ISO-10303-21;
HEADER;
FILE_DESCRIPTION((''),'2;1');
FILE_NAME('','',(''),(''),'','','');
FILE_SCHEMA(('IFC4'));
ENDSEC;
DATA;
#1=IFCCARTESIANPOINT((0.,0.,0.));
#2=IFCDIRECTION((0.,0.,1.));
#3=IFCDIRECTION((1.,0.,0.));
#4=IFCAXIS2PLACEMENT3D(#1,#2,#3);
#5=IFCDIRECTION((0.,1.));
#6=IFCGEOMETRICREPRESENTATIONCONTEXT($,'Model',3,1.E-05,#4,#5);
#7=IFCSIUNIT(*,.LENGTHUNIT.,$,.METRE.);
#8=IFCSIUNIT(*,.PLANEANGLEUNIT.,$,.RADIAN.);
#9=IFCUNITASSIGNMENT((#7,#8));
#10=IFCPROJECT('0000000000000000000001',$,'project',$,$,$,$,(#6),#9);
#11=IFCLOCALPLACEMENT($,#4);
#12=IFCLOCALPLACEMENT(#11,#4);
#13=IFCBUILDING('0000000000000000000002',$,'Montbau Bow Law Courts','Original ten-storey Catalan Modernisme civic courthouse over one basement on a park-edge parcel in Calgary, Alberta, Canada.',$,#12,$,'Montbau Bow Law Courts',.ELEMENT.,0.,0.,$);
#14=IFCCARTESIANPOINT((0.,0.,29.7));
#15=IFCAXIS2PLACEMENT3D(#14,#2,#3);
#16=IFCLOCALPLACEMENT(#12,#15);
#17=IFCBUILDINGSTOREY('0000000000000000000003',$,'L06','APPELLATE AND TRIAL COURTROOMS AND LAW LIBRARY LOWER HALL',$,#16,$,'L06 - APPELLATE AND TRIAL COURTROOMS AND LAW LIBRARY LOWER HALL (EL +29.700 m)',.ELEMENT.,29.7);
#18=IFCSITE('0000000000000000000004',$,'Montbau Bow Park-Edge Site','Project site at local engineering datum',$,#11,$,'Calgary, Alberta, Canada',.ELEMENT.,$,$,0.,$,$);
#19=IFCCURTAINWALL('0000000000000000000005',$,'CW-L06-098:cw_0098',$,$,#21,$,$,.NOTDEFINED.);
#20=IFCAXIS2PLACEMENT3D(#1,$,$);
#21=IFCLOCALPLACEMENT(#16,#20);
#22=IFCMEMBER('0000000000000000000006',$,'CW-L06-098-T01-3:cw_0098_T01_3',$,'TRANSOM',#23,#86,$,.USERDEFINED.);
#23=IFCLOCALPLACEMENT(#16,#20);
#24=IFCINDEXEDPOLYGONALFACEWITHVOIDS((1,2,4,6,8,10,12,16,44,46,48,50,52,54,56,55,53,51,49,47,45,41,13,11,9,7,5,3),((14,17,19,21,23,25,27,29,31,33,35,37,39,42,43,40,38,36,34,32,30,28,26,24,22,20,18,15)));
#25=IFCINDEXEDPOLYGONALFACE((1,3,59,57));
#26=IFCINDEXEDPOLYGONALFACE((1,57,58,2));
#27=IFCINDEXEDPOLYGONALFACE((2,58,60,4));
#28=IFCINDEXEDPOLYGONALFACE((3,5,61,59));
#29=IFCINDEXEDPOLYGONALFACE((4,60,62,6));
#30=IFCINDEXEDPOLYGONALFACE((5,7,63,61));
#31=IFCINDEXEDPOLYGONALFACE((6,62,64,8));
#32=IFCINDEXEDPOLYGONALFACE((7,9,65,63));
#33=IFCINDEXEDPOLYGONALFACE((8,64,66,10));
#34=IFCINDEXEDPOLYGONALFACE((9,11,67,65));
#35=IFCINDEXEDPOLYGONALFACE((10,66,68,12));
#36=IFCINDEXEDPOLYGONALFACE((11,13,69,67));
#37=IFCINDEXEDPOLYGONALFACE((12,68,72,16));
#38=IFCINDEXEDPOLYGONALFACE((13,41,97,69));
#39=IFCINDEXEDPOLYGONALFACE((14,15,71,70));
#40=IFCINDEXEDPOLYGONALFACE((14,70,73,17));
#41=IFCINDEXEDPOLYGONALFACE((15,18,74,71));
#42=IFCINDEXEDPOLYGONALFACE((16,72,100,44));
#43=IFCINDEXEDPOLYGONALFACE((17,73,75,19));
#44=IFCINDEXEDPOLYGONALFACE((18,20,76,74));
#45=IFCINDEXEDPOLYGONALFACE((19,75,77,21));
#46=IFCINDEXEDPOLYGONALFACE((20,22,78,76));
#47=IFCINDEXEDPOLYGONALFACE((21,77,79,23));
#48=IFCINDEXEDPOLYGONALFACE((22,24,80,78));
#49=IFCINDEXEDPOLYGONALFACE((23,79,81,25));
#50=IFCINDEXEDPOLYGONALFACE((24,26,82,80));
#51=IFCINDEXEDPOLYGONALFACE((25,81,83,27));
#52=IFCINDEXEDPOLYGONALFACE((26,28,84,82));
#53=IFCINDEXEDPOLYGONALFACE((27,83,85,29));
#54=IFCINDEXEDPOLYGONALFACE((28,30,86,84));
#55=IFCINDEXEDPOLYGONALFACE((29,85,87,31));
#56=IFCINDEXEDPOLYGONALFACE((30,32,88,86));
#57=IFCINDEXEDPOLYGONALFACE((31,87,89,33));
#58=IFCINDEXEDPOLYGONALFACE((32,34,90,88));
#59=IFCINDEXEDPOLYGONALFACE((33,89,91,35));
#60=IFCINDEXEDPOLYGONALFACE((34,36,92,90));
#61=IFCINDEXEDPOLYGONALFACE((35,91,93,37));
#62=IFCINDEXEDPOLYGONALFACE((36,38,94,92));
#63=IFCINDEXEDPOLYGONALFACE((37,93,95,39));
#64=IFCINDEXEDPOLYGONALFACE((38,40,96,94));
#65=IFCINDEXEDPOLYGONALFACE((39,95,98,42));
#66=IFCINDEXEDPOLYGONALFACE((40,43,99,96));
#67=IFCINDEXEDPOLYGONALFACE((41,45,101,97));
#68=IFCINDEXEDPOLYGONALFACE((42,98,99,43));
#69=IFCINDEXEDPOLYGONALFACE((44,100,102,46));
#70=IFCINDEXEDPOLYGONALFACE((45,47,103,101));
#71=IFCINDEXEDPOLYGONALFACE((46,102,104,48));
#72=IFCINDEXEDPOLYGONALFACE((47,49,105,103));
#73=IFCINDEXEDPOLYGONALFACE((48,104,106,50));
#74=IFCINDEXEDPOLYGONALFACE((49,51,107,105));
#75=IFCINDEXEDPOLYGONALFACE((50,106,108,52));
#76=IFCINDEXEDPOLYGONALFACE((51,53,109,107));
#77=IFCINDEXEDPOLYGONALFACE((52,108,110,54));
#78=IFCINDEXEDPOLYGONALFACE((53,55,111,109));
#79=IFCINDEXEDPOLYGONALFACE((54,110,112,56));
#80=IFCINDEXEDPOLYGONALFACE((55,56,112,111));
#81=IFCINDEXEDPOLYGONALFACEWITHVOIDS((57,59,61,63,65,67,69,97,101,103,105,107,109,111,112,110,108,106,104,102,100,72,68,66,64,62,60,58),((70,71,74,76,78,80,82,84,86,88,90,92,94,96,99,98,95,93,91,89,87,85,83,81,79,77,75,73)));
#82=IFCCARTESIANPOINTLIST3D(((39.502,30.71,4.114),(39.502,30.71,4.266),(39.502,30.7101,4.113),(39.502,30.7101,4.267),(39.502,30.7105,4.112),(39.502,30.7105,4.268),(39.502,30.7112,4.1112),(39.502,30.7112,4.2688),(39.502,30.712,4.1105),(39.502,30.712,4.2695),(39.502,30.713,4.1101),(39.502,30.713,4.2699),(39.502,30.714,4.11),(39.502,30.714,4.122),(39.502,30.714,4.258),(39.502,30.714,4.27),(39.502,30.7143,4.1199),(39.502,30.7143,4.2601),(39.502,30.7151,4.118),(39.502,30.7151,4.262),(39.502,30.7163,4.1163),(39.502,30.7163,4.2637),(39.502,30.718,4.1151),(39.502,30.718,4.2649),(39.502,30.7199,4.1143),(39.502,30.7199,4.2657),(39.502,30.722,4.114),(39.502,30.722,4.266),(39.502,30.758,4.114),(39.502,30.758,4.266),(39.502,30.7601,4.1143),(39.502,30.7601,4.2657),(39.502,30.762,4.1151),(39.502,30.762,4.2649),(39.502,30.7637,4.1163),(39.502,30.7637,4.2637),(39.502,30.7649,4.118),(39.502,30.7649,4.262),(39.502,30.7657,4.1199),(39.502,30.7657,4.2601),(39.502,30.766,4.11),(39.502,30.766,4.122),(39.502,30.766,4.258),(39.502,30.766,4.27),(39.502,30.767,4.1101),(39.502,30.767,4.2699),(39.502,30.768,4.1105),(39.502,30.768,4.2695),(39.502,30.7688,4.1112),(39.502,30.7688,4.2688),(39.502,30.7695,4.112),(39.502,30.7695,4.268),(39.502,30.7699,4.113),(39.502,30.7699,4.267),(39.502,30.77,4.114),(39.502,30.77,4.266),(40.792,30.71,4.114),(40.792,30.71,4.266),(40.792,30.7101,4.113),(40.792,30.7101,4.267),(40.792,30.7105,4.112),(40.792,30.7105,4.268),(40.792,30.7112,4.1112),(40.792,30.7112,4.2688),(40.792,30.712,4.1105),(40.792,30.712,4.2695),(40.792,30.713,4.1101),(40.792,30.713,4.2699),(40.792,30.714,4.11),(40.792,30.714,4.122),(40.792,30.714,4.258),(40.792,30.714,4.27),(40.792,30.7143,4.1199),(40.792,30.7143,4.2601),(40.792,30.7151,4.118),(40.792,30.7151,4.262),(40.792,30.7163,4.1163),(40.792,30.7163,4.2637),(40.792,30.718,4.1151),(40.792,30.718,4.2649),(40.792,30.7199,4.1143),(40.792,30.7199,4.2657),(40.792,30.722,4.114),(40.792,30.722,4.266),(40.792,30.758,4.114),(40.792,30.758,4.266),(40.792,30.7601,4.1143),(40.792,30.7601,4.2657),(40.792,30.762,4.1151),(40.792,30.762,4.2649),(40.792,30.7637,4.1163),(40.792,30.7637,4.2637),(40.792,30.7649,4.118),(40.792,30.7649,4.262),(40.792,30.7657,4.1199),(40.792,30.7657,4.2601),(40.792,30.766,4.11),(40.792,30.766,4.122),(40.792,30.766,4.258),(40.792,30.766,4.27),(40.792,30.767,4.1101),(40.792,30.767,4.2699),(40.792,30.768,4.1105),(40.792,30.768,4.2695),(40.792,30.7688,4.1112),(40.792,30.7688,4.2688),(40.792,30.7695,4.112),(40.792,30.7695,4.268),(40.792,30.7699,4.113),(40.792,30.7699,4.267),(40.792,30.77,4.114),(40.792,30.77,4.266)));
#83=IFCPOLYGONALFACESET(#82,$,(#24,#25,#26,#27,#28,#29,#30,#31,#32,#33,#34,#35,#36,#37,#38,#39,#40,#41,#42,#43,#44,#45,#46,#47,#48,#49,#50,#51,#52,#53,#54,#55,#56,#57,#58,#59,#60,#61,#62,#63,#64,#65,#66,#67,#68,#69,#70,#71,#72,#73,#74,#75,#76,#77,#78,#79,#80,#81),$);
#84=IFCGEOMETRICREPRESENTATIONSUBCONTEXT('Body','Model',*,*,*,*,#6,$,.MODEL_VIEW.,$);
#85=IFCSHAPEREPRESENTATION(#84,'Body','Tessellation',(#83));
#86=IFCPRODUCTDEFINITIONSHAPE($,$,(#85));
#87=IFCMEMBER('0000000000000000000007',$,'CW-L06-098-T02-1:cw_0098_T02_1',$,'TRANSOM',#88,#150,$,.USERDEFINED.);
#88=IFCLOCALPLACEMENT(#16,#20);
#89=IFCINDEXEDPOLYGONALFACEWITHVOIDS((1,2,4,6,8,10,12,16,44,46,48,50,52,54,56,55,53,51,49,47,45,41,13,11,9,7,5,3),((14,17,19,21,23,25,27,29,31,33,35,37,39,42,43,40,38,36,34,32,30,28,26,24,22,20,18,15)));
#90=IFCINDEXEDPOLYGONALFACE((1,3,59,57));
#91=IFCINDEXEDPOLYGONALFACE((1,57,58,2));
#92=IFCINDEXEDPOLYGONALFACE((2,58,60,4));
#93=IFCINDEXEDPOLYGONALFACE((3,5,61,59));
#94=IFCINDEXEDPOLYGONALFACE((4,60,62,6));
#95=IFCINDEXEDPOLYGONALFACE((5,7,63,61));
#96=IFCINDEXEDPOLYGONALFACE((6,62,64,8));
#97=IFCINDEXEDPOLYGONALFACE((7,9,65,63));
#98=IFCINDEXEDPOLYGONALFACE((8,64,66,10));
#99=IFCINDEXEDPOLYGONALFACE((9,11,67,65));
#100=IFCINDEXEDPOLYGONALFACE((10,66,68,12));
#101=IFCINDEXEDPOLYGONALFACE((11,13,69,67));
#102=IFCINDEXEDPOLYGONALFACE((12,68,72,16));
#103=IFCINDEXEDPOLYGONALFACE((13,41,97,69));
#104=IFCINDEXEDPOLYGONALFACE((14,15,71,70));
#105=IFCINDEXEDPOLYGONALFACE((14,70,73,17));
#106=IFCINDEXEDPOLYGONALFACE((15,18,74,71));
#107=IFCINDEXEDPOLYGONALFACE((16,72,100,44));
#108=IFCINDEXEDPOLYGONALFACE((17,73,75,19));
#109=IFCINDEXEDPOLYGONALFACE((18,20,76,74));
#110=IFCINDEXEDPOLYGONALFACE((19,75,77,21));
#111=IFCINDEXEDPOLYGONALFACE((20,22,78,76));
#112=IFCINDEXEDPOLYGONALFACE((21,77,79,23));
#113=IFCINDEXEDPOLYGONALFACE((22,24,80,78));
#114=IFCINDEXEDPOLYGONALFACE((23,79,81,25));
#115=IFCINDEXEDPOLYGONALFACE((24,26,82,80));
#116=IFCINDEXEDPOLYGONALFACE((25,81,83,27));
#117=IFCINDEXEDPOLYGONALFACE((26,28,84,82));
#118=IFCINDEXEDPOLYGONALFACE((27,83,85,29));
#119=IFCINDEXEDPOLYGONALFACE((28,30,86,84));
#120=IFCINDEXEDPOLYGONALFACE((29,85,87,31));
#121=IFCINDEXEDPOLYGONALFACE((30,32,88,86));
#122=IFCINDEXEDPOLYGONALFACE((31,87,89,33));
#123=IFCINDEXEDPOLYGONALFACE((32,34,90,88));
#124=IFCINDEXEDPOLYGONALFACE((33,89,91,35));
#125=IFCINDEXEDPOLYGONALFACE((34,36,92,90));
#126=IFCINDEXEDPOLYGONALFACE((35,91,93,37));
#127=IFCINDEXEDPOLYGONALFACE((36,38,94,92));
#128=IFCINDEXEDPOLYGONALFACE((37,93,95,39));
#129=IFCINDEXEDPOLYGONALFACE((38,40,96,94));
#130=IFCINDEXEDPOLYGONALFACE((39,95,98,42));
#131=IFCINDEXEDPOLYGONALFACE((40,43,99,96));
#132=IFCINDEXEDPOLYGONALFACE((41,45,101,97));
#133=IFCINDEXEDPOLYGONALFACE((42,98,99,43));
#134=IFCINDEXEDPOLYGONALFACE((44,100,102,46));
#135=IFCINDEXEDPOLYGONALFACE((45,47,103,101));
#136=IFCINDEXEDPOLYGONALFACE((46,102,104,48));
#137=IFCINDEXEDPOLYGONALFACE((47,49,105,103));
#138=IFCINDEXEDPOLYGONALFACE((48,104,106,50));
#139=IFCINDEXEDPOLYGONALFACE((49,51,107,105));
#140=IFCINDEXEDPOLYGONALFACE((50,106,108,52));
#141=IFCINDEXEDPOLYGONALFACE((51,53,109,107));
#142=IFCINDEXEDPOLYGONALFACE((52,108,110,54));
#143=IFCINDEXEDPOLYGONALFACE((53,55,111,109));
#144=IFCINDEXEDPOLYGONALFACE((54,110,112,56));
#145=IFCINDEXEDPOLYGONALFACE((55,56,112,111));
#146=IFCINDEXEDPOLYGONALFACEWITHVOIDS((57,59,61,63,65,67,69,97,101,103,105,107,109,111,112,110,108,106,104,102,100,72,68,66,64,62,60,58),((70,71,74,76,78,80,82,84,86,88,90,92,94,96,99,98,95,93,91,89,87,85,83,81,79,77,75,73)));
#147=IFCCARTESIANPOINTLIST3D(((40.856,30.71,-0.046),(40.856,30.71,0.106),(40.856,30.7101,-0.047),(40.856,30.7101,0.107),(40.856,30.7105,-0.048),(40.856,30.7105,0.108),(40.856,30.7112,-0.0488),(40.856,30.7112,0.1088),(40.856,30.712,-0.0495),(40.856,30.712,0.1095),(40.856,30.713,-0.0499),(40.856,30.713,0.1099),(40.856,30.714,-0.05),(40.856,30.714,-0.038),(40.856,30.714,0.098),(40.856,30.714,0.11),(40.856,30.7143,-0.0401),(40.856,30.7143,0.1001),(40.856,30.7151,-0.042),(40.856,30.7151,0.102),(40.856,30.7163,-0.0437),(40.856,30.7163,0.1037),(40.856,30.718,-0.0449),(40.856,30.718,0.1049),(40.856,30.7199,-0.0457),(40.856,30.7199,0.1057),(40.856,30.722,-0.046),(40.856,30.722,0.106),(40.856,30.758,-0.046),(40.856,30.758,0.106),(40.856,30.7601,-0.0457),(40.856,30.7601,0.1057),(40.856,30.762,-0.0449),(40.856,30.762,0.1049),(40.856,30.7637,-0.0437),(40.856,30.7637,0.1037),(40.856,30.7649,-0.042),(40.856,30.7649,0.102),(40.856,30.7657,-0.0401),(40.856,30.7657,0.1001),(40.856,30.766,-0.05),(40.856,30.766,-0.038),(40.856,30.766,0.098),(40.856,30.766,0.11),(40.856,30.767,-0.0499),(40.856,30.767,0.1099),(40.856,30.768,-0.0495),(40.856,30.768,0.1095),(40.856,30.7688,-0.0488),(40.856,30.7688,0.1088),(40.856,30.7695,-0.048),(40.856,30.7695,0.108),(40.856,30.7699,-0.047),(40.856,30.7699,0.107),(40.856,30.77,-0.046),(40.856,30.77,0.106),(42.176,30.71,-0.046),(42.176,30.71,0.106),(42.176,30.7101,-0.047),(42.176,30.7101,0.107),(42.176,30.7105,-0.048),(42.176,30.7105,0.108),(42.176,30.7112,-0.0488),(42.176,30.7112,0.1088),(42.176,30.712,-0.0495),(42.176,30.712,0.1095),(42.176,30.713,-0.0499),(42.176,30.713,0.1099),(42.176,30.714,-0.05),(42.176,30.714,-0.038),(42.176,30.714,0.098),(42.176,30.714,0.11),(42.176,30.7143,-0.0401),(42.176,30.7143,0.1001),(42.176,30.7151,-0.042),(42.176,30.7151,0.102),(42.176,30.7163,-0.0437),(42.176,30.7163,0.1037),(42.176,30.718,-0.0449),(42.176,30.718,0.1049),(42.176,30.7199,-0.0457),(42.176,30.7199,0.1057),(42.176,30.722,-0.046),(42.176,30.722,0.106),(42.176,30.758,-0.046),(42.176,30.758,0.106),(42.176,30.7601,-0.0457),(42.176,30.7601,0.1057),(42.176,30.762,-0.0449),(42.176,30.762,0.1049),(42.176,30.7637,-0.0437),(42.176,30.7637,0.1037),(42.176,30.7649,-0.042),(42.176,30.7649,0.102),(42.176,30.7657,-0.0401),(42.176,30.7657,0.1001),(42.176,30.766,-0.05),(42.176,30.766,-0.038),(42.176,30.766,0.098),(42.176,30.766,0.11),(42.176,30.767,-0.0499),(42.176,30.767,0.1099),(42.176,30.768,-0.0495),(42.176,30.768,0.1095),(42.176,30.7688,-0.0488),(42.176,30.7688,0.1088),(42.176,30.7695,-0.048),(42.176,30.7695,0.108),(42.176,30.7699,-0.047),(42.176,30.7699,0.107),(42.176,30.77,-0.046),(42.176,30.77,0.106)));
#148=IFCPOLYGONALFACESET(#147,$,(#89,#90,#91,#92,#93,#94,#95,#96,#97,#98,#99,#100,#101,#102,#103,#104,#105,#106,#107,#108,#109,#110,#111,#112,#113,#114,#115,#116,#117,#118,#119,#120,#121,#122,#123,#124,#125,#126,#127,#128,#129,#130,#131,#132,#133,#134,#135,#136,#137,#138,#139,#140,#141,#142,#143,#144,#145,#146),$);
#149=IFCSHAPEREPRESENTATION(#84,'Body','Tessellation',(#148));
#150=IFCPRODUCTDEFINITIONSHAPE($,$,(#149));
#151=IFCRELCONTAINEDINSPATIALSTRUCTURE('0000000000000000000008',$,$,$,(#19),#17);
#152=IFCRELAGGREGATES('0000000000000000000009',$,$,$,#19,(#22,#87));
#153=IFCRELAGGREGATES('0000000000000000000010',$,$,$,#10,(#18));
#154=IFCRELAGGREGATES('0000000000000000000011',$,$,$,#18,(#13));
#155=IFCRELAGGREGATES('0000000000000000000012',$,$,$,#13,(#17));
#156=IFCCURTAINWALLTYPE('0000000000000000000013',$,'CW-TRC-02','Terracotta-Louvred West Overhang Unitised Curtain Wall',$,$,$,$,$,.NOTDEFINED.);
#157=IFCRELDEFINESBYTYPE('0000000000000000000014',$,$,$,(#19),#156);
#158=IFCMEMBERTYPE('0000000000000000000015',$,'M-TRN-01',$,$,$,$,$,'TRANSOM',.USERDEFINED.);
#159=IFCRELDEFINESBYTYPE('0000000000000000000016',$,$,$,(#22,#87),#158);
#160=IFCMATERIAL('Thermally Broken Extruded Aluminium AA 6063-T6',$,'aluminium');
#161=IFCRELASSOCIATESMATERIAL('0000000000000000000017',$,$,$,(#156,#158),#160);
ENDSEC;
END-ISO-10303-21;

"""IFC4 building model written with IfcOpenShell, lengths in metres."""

from ifc_helpers import new_model, si_unit, direction, frame, origin_with_axes, origin_2d_with_axis, place, context, subcontext, project, spatial, hollow_rectangle, extrude, material, material_profile, profile_set, type_object, element, aggregate, save


model = new_model("IFC4")

# Units and contexts
model_context = context("Model", 3, precision=1e-05, world=origin_with_axes(), true_north=direction((0.0, 1.0)))
body_context = subcontext(model_context, "Body", "Model", "MODEL_VIEW")
ifc_project = project(units=[si_unit("LENGTHUNIT", "METRE"), si_unit("PLANEANGLEUNIT", "RADIAN")], contexts=[model_context])

# Site, building, storey
site_placement = place(None, origin_with_axes())
site = spatial("IfcSite", under=ifc_project, at=site_placement, Name="Montbau Bow Park-Edge Site", Description="Project site at local engineering datum", LongName="Calgary, Alberta, Canada", CompositionType="ELEMENT", RefElevation=0.0)
building_placement = place(site_placement, origin_with_axes())
building = spatial("IfcBuilding", under=site, at=building_placement, Name="Montbau Bow Law Courts", Description="Original ten-storey Catalan Modernisme civic courthouse over one basement on a park-edge parcel in Calgary, Alberta, Canada.", LongName="Montbau Bow Law Courts", CompositionType="ELEMENT", ElevationOfRefHeight=0.0, ElevationOfTerrain=0.0)
storey_placement = place(building_placement, frame((0.0, 0.0, 29.7), z_axis=(0.0, 0.0, 1.0), x_axis=(1.0, 0.0, 0.0)))
storey = spatial("IfcBuildingStorey", under=building, at=storey_placement, Name="L06", Description="APPELLATE AND TRIAL COURTROOMS AND LAW LIBRARY LOWER HALL", LongName="L06 - APPELLATE AND TRIAL COURTROOMS AND LAW LIBRARY LOWER HALL (EL +29.700 m)", CompositionType="ELEMENT", Elevation=29.7)

# Curtain wall, members
ifc_material_1 = material(Name="Thermally Broken Extruded Aluminium AA 6063-T6", Category="aluminium")
curtain_wall_type = type_object("IfcCurtainWallType", Name="CW-TRC-02", Description="Terracotta-Louvred West Overhang Unitised Curtain Wall", PredefinedType="NOTDEFINED", material=ifc_material_1)
curtain_wall_placement = place(None, frame((39.44, 30.74, 29.7), z_axis=(0.0, 0.0, 1.0), x_axis=(1.0, 0.0, 0.0)))
curtain_wall = element("IfcCurtainWall", 1, at=curtain_wall_placement, inside=storey, type_object=curtain_wall_type, Name="CW-L06-098:cw_0098", PredefinedType="NOTDEFINED")
ifc_material_profile_1 = material_profile(ifc_material_1, hollow_rectangle(XDim=0.06, YDim=0.16, WallThickness=0.004, InnerFilletRadius=0.008, OuterFilletRadius=0.004, at=origin_2d_with_axis()), Name="CWT-160X60", Category="Main", Priority=0)
ifc_profile_set_1 = profile_set([ifc_material_profile_1], Name="Thermally Broken Extruded Aluminium AA 6063-T6")
member_type_1 = type_object("IfcMemberType", Name="M-TRN-01", ElementType="TRANSOM", PredefinedType="USERDEFINED", material=ifc_profile_set_1)
member_1_placement = place(None, frame((39.502, 30.74, 33.89), z_axis=(1.0, 0.0, 0.0), x_axis=(0.0, 1.0, 0.0)))
member_1 = element("IfcMember", 2, at=member_1_placement, type_object=member_type_1, Name="CW-L06-098-T01-3:cw_0098_T01_3", ObjectType="TRANSOM", PredefinedType="USERDEFINED", context=body_context, shape_type="SweptSolid", body=[
    extrude(hollow_rectangle(XDim=0.06, YDim=0.16, WallThickness=0.004, InnerFilletRadius=0.008, OuterFilletRadius=0.004, at=origin_2d_with_axis()), origin_with_axes(), (0.0, 0.0, 1.0), 1.29),
])
member_2_placement = place(None, frame((40.856, 30.74, 29.73), z_axis=(1.0, 0.0, 0.0), x_axis=(0.0, 1.0, 0.0)))
member_2 = element("IfcMember", 3, at=member_2_placement, type_object=member_type_1, Name="CW-L06-098-T02-1:cw_0098_T02_1", ObjectType="TRANSOM", PredefinedType="USERDEFINED", context=body_context, shape_type="SweptSolid", body=[
    extrude(hollow_rectangle(XDim=0.06, YDim=0.16, WallThickness=0.004, InnerFilletRadius=0.008, OuterFilletRadius=0.004, at=origin_2d_with_axis()), origin_with_axes(), (0.0, 0.0, 1.0), 1.32),
])
aggregate(curtain_wall, [member_1, member_2])

save(model, "model.ifc")
